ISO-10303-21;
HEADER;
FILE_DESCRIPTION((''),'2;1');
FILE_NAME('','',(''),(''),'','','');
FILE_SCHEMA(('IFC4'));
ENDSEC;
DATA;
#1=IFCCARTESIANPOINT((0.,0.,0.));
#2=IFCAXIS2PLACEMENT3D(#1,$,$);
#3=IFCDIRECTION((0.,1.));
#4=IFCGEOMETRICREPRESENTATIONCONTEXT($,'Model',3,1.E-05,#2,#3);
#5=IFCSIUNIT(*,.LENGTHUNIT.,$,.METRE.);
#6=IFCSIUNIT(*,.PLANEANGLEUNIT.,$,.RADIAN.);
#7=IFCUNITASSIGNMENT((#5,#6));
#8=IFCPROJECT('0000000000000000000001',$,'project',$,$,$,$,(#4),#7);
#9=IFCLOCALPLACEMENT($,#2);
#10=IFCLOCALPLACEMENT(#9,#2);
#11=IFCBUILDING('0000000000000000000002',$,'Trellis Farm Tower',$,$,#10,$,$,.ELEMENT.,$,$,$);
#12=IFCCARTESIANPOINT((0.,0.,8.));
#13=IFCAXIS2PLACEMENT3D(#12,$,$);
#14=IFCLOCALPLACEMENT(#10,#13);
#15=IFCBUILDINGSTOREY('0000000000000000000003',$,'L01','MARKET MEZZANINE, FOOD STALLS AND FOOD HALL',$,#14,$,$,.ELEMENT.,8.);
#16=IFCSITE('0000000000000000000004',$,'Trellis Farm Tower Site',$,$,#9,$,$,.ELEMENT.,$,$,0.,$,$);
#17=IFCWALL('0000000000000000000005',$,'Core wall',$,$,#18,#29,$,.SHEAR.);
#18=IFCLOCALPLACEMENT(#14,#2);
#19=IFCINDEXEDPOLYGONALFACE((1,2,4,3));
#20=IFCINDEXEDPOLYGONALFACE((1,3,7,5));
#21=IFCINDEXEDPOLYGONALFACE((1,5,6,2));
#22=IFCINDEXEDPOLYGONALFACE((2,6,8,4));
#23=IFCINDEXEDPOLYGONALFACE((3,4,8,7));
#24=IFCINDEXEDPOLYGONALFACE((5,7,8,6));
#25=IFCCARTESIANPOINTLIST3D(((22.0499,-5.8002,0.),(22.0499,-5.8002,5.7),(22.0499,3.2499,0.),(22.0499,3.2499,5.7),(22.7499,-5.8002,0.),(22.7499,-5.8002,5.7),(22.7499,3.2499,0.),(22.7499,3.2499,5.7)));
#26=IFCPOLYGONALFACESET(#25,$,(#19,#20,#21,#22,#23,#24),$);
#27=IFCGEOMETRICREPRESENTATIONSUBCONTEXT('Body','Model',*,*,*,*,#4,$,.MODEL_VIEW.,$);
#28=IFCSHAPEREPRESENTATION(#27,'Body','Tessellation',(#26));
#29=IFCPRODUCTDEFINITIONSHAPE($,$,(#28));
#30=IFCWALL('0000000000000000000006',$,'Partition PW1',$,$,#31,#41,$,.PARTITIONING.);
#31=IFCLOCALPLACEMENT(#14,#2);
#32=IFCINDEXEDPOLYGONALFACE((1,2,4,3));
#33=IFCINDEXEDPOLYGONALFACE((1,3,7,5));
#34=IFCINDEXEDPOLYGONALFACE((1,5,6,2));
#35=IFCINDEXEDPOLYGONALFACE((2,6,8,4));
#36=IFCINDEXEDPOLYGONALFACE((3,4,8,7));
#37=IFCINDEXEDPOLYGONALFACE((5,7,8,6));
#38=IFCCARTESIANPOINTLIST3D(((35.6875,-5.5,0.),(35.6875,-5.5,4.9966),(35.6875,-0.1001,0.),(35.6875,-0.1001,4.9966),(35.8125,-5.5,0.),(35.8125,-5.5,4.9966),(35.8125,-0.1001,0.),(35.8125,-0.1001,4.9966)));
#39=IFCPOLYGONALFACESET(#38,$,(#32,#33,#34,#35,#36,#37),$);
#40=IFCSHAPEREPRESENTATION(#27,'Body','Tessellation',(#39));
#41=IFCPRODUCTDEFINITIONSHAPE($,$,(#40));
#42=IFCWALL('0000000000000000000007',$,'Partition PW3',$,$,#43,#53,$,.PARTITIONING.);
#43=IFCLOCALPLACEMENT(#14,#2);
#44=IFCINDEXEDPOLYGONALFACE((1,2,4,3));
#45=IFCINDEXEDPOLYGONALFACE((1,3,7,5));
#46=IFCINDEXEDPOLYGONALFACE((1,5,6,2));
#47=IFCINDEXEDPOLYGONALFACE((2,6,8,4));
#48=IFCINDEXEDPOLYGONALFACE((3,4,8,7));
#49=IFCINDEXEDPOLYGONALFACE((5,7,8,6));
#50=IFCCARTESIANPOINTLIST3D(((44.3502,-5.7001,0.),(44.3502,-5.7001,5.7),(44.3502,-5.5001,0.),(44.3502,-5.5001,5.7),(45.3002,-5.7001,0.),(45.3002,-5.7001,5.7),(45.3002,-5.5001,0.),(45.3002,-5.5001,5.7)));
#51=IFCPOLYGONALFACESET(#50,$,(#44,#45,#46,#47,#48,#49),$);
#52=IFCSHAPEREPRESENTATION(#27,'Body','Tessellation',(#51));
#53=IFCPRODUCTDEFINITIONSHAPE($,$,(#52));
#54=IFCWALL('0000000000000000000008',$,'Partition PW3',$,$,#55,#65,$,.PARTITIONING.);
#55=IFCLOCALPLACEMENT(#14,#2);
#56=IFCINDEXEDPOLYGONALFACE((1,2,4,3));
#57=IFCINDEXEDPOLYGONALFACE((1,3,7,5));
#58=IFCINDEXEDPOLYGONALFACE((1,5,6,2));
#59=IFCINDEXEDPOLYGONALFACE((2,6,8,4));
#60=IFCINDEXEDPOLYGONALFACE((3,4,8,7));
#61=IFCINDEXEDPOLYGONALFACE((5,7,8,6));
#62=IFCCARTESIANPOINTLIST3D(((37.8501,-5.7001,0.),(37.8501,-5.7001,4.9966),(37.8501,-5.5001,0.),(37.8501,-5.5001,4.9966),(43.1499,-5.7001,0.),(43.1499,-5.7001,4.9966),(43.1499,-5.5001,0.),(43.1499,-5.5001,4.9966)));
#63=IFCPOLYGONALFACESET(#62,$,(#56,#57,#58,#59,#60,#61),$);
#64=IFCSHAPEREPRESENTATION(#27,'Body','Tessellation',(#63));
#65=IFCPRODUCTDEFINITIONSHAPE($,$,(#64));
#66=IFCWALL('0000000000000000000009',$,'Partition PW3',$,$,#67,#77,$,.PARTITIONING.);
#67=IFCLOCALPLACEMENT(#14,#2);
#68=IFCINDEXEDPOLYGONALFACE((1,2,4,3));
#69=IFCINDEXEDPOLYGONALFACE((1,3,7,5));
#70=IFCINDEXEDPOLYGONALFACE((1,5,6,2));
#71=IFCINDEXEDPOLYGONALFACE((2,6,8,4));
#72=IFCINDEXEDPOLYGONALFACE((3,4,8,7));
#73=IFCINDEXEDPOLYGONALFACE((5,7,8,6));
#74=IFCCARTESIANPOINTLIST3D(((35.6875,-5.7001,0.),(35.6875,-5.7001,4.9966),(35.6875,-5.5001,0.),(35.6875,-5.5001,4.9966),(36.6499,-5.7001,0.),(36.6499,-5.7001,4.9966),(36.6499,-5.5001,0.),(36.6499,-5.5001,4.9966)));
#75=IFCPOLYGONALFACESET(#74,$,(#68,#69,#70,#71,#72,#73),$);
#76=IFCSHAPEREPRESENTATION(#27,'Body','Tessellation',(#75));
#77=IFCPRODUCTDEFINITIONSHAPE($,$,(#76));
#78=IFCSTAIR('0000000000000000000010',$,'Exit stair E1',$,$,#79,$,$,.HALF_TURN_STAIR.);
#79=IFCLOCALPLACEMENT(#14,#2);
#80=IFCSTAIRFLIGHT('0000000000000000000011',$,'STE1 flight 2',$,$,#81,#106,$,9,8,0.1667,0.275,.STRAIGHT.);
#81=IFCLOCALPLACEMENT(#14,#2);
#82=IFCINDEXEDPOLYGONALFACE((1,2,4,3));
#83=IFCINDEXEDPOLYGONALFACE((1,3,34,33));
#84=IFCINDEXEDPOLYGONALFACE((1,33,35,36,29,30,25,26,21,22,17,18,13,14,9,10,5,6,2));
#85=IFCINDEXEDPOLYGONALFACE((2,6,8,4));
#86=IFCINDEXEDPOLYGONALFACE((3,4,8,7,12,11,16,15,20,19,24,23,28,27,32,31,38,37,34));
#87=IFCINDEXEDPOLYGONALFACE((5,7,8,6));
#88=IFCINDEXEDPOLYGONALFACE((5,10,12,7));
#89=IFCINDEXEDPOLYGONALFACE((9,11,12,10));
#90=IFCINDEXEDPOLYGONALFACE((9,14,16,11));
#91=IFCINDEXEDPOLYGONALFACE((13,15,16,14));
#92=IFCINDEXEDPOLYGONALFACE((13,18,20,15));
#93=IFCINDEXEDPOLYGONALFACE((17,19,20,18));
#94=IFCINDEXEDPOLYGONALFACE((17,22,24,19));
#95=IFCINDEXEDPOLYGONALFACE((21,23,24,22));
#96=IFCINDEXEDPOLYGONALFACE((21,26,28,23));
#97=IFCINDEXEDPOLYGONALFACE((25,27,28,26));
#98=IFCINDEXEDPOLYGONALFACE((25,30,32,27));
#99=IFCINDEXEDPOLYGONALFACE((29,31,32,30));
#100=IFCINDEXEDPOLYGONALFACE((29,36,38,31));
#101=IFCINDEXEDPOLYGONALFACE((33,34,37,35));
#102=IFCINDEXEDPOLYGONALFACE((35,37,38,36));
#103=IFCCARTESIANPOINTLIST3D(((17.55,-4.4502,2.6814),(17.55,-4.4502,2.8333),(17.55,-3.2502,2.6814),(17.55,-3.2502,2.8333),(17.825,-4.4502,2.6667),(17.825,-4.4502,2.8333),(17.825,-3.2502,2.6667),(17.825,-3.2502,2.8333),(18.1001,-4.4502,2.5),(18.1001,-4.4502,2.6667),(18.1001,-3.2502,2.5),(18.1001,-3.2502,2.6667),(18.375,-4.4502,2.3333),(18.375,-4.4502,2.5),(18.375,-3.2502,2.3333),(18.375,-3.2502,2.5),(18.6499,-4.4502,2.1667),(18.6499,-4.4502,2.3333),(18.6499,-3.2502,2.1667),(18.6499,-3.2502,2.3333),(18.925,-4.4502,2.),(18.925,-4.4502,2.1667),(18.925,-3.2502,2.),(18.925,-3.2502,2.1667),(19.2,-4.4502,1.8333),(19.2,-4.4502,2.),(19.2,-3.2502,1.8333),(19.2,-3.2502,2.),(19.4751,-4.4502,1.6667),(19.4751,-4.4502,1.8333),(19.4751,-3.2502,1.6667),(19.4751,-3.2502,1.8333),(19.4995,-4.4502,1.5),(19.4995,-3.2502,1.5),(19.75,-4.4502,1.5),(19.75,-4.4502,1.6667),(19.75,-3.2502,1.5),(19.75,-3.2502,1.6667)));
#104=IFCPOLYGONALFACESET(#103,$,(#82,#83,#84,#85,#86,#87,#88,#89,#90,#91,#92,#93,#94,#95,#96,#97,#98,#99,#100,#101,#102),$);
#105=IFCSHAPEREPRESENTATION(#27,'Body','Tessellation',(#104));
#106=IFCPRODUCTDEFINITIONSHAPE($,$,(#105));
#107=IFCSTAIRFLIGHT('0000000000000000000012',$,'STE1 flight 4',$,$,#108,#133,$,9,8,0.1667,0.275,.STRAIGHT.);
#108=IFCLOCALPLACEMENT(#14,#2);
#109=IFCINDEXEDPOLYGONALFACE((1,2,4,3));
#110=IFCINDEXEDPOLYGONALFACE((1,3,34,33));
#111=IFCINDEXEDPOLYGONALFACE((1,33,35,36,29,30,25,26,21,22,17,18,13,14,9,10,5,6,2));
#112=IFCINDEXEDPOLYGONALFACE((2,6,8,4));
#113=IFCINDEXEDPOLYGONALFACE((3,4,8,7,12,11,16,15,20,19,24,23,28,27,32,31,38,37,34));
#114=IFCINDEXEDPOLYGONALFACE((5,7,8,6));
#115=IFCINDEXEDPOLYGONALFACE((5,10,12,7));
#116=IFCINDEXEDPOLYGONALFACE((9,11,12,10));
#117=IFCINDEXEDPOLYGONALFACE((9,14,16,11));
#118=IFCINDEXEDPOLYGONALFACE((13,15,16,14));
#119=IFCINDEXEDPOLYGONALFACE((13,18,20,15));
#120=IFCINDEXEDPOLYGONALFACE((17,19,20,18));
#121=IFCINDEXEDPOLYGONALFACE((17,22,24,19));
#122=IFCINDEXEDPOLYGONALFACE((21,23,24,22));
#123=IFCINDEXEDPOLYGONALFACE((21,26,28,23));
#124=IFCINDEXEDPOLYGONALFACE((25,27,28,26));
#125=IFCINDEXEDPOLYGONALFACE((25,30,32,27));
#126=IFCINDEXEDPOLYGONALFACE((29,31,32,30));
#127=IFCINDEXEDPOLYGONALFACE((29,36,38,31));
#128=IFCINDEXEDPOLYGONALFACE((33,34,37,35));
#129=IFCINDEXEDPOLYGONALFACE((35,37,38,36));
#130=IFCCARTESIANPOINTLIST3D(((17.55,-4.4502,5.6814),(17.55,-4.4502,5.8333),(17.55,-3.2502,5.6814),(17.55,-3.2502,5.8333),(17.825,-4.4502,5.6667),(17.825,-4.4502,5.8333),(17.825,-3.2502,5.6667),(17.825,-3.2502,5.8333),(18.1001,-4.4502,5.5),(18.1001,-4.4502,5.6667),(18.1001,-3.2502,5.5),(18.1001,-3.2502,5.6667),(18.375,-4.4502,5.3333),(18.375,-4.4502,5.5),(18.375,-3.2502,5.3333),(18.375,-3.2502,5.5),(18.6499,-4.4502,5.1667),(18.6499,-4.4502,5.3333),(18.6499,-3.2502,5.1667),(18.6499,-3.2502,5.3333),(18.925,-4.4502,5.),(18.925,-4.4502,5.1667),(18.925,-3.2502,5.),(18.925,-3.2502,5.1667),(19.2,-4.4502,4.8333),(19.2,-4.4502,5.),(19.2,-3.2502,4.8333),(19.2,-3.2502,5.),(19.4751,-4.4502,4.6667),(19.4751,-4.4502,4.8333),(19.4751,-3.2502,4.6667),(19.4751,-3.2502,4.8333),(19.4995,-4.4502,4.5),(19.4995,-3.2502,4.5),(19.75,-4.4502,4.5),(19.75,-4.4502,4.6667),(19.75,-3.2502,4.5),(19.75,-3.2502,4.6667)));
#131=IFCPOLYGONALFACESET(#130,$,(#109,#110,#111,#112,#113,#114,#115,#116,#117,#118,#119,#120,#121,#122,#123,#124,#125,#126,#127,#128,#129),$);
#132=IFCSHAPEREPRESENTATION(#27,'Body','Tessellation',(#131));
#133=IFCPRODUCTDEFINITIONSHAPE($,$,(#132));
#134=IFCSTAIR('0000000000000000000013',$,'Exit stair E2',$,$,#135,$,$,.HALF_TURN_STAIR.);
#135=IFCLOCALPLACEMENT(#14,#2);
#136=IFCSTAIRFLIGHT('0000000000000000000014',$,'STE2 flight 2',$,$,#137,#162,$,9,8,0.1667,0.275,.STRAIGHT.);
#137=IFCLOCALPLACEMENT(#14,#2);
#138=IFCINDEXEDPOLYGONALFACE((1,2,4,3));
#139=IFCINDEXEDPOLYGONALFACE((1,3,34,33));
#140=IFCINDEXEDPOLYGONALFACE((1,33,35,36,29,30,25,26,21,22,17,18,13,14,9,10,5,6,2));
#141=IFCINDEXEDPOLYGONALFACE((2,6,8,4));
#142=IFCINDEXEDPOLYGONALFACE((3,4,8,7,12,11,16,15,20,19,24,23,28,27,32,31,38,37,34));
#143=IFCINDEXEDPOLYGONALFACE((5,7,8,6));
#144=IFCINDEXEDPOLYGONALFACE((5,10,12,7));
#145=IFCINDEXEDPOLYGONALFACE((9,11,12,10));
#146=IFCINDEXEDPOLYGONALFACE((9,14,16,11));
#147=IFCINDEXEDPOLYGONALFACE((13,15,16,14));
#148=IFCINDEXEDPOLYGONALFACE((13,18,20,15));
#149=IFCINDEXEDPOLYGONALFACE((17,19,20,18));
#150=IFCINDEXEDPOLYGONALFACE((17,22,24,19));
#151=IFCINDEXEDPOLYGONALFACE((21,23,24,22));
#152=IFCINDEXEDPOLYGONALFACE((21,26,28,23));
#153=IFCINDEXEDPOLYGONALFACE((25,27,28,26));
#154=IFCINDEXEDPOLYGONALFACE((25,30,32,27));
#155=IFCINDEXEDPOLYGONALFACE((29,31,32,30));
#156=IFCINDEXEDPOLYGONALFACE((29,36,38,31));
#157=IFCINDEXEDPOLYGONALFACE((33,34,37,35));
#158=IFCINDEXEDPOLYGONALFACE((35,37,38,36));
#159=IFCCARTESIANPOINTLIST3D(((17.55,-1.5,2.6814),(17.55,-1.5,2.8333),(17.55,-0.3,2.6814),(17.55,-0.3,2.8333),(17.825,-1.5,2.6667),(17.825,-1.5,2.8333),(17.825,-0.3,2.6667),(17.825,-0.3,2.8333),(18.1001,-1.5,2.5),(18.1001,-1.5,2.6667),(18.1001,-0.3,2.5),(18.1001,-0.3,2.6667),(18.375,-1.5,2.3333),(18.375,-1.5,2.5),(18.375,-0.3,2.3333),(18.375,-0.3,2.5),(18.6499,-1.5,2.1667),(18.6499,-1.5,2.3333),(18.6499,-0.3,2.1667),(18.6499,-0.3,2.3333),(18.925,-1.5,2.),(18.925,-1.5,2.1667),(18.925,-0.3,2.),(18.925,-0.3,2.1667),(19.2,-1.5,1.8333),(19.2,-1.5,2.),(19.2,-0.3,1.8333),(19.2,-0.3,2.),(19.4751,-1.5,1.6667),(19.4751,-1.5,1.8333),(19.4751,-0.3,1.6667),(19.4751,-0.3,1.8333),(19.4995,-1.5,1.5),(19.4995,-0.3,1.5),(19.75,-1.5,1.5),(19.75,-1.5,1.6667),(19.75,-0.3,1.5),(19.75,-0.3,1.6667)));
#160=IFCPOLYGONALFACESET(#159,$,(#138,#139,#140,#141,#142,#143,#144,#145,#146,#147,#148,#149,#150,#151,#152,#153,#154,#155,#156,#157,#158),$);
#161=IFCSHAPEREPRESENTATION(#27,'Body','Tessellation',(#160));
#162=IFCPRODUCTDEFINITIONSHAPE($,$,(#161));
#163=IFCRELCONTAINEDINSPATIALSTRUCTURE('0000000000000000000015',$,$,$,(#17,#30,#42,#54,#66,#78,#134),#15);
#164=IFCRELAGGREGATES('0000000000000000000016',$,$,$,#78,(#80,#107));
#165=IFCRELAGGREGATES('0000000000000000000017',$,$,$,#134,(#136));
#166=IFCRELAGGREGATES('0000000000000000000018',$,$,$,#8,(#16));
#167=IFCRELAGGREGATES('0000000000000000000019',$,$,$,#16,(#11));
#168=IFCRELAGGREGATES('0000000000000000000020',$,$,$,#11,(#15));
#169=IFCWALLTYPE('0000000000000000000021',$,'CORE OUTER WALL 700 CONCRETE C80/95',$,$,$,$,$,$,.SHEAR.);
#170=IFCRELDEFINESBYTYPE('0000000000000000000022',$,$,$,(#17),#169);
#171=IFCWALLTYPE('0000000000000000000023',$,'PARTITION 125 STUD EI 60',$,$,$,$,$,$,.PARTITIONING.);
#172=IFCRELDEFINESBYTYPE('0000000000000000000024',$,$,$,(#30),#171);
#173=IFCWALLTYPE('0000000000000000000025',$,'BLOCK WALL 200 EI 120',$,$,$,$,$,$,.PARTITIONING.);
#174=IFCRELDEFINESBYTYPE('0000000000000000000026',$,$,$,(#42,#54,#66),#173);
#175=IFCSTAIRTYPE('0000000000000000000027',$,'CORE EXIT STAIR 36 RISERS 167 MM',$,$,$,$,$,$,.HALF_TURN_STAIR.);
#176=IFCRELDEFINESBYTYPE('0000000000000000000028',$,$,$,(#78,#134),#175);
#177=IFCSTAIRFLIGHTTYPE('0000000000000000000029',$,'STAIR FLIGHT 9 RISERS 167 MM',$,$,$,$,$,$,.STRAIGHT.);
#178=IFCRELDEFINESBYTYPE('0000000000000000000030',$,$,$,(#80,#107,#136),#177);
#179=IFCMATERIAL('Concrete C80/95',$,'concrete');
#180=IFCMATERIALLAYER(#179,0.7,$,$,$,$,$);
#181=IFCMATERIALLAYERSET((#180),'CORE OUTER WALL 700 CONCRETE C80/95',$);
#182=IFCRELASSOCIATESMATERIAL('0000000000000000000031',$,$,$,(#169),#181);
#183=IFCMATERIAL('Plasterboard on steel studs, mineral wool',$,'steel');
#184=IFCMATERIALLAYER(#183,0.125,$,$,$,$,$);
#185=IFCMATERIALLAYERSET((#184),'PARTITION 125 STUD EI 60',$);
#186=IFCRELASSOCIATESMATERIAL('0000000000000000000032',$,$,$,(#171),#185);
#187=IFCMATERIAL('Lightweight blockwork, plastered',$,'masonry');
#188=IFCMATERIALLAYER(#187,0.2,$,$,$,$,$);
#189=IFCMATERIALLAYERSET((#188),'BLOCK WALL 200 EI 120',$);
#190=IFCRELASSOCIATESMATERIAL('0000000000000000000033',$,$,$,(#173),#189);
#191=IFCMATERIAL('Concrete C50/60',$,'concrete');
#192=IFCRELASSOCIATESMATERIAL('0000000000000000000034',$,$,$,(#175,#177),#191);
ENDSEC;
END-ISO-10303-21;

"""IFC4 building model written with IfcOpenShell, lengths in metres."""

from ifc_helpers import new_model, si_unit, direction, frame, frame_2d, origin, place, context, subcontext, project, spatial, polyline, rectangle, outline, extrude, source, transform, mapped, material, layer, layer_set, type_object, element, aggregate, save


model = new_model("IFC4")

# Units and contexts
model_context = context("Model", 3, precision=1e-05, world=origin(), true_north=direction((0.0, 1.0)))
body_context = subcontext(model_context, "Body", "Model", "MODEL_VIEW")
ifc_project = project(units=[si_unit("LENGTHUNIT", "METRE"), si_unit("PLANEANGLEUNIT", "RADIAN")], contexts=[model_context])

# Site, building, storey
site_placement = place(None, origin())
site = spatial("IfcSite", under=ifc_project, at=site_placement, Name="Trellis Farm Tower Site", CompositionType="ELEMENT", RefElevation=0.0)
building_placement = place(site_placement, origin())
building = spatial("IfcBuilding", under=site, at=building_placement, Name="Trellis Farm Tower", CompositionType="ELEMENT")
storey_placement = place(building_placement, frame((0.0, 0.0, 8.0)))
storey = spatial("IfcBuildingStorey", under=building, at=storey_placement, Name="L01", Description="MARKET MEZZANINE, FOOD STALLS AND FOOD HALL", CompositionType="ELEMENT", Elevation=8.0)

# Shared definitions
ifc_material_1 = material(Name="Concrete C80/95", Category="concrete")

# Shared definitions
placement = place(storey_placement, origin())

# Walls
ifc_layer_1 = layer(ifc_material_1, 0.7)
ifc_layer_set_1 = layer_set([ifc_layer_1], Name="CORE OUTER WALL 700 CONCRETE C80/95")
wall_type_1 = type_object("IfcWallType", Name="CORE OUTER WALL 700 CONCRETE C80/95", PredefinedType="SHEAR", material=ifc_layer_set_1)
shared_shape_1 = source(origin(), body_context, "Body", "SweptSolid", [
    extrude(rectangle(XDim=9.05, YDim=0.7, at=frame_2d((4.5249, 0.0))), origin(), (0.0, 0.0, 1.0), 5.7),
])
wall_1_placement = place(storey_placement, frame((22.3999, -5.8, 0.0), z_axis=(0.0, 0.0, 1.0), x_axis=(0.0, 1.0, 0.0)))
element("IfcWall", 1, at=wall_1_placement, inside=storey, type_object=wall_type_1, Name="Core wall", PredefinedType="SHEAR", context=body_context, shape_type="MappedRepresentation", body=[
    mapped(shared_shape_1, transform((0.0, 0.0, 0.0))),
])
ifc_material_2 = material(Name="Plasterboard on steel studs, mineral wool", Category="steel")
ifc_layer_2 = layer(ifc_material_2, 0.125)
ifc_layer_set_2 = layer_set([ifc_layer_2], Name="PARTITION 125 STUD EI 60")
wall_type_2 = type_object("IfcWallType", Name="PARTITION 125 STUD EI 60", PredefinedType="PARTITIONING", material=ifc_layer_set_2)
shared_shape_2 = source(origin(), body_context, "Body", "SweptSolid", [
    extrude(rectangle(XDim=5.3999, YDim=0.125, at=frame_2d((2.7, 0.0))), origin(), (0.0, 0.0, 1.0), 4.9966),
])
wall_2_placement = place(storey_placement, frame((35.75, -0.1001, 0.0), z_axis=(0.0, 0.0, 1.0), x_axis=(0.0, -1.0, 0.0)))
element("IfcWall", 2, at=wall_2_placement, inside=storey, type_object=wall_type_2, Name="Partition PW1", PredefinedType="PARTITIONING", context=body_context, shape_type="MappedRepresentation", body=[
    mapped(shared_shape_2, transform((0.0, 0.0, 0.0))),
])
ifc_material_3 = material(Name="Lightweight blockwork, plastered", Category="masonry")
ifc_layer_3 = layer(ifc_material_3, 0.2)
ifc_layer_set_3 = layer_set([ifc_layer_3], Name="BLOCK WALL 200 EI 120")
wall_type_3 = type_object("IfcWallType", Name="BLOCK WALL 200 EI 120", PredefinedType="PARTITIONING", material=ifc_layer_set_3)
shared_shape_3 = source(origin(), body_context, "Body", "SweptSolid", [
    extrude(rectangle(XDim=0.95, YDim=0.2, at=frame_2d((0.4751, 0.0))), origin(), (0.0, 0.0, 1.0), 5.7),
])
wall_3_placement = place(storey_placement, frame((44.3501, -5.6001, 0.0), z_axis=(0.0, 0.0, 1.0), x_axis=(1.0, 0.0, 0.0)))
element("IfcWall", 3, at=wall_3_placement, inside=storey, type_object=wall_type_3, Name="Partition PW3", PredefinedType="PARTITIONING", context=body_context, shape_type="MappedRepresentation", body=[
    mapped(shared_shape_3, transform((0.0, 0.0, 0.0))),
])
shared_shape_4 = source(origin(), body_context, "Body", "SweptSolid", [
    extrude(rectangle(XDim=5.2998, YDim=0.2, at=frame_2d((2.6499, 0.0))), origin(), (0.0, 0.0, 1.0), 4.9966),
])
wall_4_placement = place(storey_placement, frame((37.8501, -5.6001, 0.0), z_axis=(0.0, 0.0, 1.0), x_axis=(1.0, 0.0, 0.0)))
element("IfcWall", 4, at=wall_4_placement, inside=storey, type_object=wall_type_3, Name="Partition PW3", PredefinedType="PARTITIONING", context=body_context, shape_type="MappedRepresentation", body=[
    mapped(shared_shape_4, transform((0.0, 0.0, 0.0))),
])
shared_shape_5 = source(origin(), body_context, "Body", "SweptSolid", [
    extrude(rectangle(XDim=0.9624, YDim=0.2, at=frame_2d((0.4812, 0.0))), origin(), (0.0, 0.0, 1.0), 4.9966),
])
wall_5_placement = place(storey_placement, frame((35.6875, -5.6001, 0.0), z_axis=(0.0, 0.0, 1.0), x_axis=(1.0, 0.0, 0.0)))
element("IfcWall", 5, at=wall_5_placement, inside=storey, type_object=wall_type_3, Name="Partition PW3", PredefinedType="PARTITIONING", context=body_context, shape_type="MappedRepresentation", body=[
    mapped(shared_shape_5, transform((0.0, 0.0, 0.0))),
])

# Stairs, stair flights
ifc_material_4 = material(Name="Concrete C50/60", Category="concrete")
stair_type = type_object("IfcStairType", Name="CORE EXIT STAIR 36 RISERS 167 MM", PredefinedType="HALF_TURN_STAIR", material=ifc_material_4)
stair_1 = element("IfcStair", 6, at=placement, inside=storey, type_object=stair_type, Name="Exit stair E1", PredefinedType="HALF_TURN_STAIR")
stair_flight_type = type_object("IfcStairFlightType", Name="STAIR FLIGHT 9 RISERS 167 MM", PredefinedType="STRAIGHT", material=ifc_material_4)
shared_shape_6 = source(origin(), body_context, "Body", "SweptSolid", [
    extrude(outline(polyline([(0.0, 0.0), (0.0, 0.1667), (0.2749, 0.1667), (0.2749, 0.3333), (0.55, 0.3333), (0.55, 0.5), (0.825, 0.5), (0.825, 0.6667), (1.1001, 0.6667), (1.1001, 0.8333), (1.375, 0.8333), (1.375, 1.0), (1.6499, 1.0), (1.6499, 1.1667), (1.925, 1.1667), (1.925, 1.3333), (2.2, 1.3333), (2.2, 1.5), (2.2, 1.1814), (0.2505, 0.0), (0.0, 0.0)])), frame((0.0, 0.6001, 0.0), z_axis=(0.0, -1.0, 0.0), x_axis=(1.0, 0.0, 0.0)), (0.0, 0.0, 1.0), 1.2),
])
stair_flight_1_placement = place(storey_placement, frame((19.75, -3.8501, 1.5), z_axis=(0.0, 0.0, 1.0), x_axis=(-1.0, 0.0, 0.0)))
stair_flight_1 = element("IfcStairFlight", 7, at=stair_flight_1_placement, type_object=stair_flight_type, Name="STE1 flight 2", NumberOfRisers=9, NumberOfTreads=8, PredefinedType="STRAIGHT", RiserHeight=0.1667, TreadLength=0.275, context=body_context, shape_type="MappedRepresentation", body=[
    mapped(shared_shape_6, transform((0.0, 0.0, 0.0))),
])
stair_flight_2_placement = place(storey_placement, frame((19.75, -3.8501, 4.5), z_axis=(0.0, 0.0, 1.0), x_axis=(-1.0, 0.0, 0.0)))
stair_flight_2 = element("IfcStairFlight", 8, at=stair_flight_2_placement, type_object=stair_flight_type, Name="STE1 flight 4", NumberOfRisers=9, NumberOfTreads=8, PredefinedType="STRAIGHT", RiserHeight=0.1667, TreadLength=0.275, context=body_context, shape_type="MappedRepresentation", body=[
    mapped(shared_shape_6, transform((0.0, 0.0, 0.0))),
])
aggregate(stair_1, [stair_flight_1, stair_flight_2])
stair_2 = element("IfcStair", 9, at=placement, inside=storey, type_object=stair_type, Name="Exit stair E2", PredefinedType="HALF_TURN_STAIR")
stair_flight_3_placement = place(storey_placement, frame((19.75, -0.8999, 1.5), z_axis=(0.0, 0.0, 1.0), x_axis=(-1.0, 0.0, 0.0)))
stair_flight_3 = element("IfcStairFlight", 10, at=stair_flight_3_placement, type_object=stair_flight_type, Name="STE2 flight 2", NumberOfRisers=9, NumberOfTreads=8, PredefinedType="STRAIGHT", RiserHeight=0.1667, TreadLength=0.275, context=body_context, shape_type="MappedRepresentation", body=[
    mapped(shared_shape_6, transform((0.0, 0.0, 0.0))),
])
aggregate(stair_2, [stair_flight_3])

save(model, "model.ifc")
